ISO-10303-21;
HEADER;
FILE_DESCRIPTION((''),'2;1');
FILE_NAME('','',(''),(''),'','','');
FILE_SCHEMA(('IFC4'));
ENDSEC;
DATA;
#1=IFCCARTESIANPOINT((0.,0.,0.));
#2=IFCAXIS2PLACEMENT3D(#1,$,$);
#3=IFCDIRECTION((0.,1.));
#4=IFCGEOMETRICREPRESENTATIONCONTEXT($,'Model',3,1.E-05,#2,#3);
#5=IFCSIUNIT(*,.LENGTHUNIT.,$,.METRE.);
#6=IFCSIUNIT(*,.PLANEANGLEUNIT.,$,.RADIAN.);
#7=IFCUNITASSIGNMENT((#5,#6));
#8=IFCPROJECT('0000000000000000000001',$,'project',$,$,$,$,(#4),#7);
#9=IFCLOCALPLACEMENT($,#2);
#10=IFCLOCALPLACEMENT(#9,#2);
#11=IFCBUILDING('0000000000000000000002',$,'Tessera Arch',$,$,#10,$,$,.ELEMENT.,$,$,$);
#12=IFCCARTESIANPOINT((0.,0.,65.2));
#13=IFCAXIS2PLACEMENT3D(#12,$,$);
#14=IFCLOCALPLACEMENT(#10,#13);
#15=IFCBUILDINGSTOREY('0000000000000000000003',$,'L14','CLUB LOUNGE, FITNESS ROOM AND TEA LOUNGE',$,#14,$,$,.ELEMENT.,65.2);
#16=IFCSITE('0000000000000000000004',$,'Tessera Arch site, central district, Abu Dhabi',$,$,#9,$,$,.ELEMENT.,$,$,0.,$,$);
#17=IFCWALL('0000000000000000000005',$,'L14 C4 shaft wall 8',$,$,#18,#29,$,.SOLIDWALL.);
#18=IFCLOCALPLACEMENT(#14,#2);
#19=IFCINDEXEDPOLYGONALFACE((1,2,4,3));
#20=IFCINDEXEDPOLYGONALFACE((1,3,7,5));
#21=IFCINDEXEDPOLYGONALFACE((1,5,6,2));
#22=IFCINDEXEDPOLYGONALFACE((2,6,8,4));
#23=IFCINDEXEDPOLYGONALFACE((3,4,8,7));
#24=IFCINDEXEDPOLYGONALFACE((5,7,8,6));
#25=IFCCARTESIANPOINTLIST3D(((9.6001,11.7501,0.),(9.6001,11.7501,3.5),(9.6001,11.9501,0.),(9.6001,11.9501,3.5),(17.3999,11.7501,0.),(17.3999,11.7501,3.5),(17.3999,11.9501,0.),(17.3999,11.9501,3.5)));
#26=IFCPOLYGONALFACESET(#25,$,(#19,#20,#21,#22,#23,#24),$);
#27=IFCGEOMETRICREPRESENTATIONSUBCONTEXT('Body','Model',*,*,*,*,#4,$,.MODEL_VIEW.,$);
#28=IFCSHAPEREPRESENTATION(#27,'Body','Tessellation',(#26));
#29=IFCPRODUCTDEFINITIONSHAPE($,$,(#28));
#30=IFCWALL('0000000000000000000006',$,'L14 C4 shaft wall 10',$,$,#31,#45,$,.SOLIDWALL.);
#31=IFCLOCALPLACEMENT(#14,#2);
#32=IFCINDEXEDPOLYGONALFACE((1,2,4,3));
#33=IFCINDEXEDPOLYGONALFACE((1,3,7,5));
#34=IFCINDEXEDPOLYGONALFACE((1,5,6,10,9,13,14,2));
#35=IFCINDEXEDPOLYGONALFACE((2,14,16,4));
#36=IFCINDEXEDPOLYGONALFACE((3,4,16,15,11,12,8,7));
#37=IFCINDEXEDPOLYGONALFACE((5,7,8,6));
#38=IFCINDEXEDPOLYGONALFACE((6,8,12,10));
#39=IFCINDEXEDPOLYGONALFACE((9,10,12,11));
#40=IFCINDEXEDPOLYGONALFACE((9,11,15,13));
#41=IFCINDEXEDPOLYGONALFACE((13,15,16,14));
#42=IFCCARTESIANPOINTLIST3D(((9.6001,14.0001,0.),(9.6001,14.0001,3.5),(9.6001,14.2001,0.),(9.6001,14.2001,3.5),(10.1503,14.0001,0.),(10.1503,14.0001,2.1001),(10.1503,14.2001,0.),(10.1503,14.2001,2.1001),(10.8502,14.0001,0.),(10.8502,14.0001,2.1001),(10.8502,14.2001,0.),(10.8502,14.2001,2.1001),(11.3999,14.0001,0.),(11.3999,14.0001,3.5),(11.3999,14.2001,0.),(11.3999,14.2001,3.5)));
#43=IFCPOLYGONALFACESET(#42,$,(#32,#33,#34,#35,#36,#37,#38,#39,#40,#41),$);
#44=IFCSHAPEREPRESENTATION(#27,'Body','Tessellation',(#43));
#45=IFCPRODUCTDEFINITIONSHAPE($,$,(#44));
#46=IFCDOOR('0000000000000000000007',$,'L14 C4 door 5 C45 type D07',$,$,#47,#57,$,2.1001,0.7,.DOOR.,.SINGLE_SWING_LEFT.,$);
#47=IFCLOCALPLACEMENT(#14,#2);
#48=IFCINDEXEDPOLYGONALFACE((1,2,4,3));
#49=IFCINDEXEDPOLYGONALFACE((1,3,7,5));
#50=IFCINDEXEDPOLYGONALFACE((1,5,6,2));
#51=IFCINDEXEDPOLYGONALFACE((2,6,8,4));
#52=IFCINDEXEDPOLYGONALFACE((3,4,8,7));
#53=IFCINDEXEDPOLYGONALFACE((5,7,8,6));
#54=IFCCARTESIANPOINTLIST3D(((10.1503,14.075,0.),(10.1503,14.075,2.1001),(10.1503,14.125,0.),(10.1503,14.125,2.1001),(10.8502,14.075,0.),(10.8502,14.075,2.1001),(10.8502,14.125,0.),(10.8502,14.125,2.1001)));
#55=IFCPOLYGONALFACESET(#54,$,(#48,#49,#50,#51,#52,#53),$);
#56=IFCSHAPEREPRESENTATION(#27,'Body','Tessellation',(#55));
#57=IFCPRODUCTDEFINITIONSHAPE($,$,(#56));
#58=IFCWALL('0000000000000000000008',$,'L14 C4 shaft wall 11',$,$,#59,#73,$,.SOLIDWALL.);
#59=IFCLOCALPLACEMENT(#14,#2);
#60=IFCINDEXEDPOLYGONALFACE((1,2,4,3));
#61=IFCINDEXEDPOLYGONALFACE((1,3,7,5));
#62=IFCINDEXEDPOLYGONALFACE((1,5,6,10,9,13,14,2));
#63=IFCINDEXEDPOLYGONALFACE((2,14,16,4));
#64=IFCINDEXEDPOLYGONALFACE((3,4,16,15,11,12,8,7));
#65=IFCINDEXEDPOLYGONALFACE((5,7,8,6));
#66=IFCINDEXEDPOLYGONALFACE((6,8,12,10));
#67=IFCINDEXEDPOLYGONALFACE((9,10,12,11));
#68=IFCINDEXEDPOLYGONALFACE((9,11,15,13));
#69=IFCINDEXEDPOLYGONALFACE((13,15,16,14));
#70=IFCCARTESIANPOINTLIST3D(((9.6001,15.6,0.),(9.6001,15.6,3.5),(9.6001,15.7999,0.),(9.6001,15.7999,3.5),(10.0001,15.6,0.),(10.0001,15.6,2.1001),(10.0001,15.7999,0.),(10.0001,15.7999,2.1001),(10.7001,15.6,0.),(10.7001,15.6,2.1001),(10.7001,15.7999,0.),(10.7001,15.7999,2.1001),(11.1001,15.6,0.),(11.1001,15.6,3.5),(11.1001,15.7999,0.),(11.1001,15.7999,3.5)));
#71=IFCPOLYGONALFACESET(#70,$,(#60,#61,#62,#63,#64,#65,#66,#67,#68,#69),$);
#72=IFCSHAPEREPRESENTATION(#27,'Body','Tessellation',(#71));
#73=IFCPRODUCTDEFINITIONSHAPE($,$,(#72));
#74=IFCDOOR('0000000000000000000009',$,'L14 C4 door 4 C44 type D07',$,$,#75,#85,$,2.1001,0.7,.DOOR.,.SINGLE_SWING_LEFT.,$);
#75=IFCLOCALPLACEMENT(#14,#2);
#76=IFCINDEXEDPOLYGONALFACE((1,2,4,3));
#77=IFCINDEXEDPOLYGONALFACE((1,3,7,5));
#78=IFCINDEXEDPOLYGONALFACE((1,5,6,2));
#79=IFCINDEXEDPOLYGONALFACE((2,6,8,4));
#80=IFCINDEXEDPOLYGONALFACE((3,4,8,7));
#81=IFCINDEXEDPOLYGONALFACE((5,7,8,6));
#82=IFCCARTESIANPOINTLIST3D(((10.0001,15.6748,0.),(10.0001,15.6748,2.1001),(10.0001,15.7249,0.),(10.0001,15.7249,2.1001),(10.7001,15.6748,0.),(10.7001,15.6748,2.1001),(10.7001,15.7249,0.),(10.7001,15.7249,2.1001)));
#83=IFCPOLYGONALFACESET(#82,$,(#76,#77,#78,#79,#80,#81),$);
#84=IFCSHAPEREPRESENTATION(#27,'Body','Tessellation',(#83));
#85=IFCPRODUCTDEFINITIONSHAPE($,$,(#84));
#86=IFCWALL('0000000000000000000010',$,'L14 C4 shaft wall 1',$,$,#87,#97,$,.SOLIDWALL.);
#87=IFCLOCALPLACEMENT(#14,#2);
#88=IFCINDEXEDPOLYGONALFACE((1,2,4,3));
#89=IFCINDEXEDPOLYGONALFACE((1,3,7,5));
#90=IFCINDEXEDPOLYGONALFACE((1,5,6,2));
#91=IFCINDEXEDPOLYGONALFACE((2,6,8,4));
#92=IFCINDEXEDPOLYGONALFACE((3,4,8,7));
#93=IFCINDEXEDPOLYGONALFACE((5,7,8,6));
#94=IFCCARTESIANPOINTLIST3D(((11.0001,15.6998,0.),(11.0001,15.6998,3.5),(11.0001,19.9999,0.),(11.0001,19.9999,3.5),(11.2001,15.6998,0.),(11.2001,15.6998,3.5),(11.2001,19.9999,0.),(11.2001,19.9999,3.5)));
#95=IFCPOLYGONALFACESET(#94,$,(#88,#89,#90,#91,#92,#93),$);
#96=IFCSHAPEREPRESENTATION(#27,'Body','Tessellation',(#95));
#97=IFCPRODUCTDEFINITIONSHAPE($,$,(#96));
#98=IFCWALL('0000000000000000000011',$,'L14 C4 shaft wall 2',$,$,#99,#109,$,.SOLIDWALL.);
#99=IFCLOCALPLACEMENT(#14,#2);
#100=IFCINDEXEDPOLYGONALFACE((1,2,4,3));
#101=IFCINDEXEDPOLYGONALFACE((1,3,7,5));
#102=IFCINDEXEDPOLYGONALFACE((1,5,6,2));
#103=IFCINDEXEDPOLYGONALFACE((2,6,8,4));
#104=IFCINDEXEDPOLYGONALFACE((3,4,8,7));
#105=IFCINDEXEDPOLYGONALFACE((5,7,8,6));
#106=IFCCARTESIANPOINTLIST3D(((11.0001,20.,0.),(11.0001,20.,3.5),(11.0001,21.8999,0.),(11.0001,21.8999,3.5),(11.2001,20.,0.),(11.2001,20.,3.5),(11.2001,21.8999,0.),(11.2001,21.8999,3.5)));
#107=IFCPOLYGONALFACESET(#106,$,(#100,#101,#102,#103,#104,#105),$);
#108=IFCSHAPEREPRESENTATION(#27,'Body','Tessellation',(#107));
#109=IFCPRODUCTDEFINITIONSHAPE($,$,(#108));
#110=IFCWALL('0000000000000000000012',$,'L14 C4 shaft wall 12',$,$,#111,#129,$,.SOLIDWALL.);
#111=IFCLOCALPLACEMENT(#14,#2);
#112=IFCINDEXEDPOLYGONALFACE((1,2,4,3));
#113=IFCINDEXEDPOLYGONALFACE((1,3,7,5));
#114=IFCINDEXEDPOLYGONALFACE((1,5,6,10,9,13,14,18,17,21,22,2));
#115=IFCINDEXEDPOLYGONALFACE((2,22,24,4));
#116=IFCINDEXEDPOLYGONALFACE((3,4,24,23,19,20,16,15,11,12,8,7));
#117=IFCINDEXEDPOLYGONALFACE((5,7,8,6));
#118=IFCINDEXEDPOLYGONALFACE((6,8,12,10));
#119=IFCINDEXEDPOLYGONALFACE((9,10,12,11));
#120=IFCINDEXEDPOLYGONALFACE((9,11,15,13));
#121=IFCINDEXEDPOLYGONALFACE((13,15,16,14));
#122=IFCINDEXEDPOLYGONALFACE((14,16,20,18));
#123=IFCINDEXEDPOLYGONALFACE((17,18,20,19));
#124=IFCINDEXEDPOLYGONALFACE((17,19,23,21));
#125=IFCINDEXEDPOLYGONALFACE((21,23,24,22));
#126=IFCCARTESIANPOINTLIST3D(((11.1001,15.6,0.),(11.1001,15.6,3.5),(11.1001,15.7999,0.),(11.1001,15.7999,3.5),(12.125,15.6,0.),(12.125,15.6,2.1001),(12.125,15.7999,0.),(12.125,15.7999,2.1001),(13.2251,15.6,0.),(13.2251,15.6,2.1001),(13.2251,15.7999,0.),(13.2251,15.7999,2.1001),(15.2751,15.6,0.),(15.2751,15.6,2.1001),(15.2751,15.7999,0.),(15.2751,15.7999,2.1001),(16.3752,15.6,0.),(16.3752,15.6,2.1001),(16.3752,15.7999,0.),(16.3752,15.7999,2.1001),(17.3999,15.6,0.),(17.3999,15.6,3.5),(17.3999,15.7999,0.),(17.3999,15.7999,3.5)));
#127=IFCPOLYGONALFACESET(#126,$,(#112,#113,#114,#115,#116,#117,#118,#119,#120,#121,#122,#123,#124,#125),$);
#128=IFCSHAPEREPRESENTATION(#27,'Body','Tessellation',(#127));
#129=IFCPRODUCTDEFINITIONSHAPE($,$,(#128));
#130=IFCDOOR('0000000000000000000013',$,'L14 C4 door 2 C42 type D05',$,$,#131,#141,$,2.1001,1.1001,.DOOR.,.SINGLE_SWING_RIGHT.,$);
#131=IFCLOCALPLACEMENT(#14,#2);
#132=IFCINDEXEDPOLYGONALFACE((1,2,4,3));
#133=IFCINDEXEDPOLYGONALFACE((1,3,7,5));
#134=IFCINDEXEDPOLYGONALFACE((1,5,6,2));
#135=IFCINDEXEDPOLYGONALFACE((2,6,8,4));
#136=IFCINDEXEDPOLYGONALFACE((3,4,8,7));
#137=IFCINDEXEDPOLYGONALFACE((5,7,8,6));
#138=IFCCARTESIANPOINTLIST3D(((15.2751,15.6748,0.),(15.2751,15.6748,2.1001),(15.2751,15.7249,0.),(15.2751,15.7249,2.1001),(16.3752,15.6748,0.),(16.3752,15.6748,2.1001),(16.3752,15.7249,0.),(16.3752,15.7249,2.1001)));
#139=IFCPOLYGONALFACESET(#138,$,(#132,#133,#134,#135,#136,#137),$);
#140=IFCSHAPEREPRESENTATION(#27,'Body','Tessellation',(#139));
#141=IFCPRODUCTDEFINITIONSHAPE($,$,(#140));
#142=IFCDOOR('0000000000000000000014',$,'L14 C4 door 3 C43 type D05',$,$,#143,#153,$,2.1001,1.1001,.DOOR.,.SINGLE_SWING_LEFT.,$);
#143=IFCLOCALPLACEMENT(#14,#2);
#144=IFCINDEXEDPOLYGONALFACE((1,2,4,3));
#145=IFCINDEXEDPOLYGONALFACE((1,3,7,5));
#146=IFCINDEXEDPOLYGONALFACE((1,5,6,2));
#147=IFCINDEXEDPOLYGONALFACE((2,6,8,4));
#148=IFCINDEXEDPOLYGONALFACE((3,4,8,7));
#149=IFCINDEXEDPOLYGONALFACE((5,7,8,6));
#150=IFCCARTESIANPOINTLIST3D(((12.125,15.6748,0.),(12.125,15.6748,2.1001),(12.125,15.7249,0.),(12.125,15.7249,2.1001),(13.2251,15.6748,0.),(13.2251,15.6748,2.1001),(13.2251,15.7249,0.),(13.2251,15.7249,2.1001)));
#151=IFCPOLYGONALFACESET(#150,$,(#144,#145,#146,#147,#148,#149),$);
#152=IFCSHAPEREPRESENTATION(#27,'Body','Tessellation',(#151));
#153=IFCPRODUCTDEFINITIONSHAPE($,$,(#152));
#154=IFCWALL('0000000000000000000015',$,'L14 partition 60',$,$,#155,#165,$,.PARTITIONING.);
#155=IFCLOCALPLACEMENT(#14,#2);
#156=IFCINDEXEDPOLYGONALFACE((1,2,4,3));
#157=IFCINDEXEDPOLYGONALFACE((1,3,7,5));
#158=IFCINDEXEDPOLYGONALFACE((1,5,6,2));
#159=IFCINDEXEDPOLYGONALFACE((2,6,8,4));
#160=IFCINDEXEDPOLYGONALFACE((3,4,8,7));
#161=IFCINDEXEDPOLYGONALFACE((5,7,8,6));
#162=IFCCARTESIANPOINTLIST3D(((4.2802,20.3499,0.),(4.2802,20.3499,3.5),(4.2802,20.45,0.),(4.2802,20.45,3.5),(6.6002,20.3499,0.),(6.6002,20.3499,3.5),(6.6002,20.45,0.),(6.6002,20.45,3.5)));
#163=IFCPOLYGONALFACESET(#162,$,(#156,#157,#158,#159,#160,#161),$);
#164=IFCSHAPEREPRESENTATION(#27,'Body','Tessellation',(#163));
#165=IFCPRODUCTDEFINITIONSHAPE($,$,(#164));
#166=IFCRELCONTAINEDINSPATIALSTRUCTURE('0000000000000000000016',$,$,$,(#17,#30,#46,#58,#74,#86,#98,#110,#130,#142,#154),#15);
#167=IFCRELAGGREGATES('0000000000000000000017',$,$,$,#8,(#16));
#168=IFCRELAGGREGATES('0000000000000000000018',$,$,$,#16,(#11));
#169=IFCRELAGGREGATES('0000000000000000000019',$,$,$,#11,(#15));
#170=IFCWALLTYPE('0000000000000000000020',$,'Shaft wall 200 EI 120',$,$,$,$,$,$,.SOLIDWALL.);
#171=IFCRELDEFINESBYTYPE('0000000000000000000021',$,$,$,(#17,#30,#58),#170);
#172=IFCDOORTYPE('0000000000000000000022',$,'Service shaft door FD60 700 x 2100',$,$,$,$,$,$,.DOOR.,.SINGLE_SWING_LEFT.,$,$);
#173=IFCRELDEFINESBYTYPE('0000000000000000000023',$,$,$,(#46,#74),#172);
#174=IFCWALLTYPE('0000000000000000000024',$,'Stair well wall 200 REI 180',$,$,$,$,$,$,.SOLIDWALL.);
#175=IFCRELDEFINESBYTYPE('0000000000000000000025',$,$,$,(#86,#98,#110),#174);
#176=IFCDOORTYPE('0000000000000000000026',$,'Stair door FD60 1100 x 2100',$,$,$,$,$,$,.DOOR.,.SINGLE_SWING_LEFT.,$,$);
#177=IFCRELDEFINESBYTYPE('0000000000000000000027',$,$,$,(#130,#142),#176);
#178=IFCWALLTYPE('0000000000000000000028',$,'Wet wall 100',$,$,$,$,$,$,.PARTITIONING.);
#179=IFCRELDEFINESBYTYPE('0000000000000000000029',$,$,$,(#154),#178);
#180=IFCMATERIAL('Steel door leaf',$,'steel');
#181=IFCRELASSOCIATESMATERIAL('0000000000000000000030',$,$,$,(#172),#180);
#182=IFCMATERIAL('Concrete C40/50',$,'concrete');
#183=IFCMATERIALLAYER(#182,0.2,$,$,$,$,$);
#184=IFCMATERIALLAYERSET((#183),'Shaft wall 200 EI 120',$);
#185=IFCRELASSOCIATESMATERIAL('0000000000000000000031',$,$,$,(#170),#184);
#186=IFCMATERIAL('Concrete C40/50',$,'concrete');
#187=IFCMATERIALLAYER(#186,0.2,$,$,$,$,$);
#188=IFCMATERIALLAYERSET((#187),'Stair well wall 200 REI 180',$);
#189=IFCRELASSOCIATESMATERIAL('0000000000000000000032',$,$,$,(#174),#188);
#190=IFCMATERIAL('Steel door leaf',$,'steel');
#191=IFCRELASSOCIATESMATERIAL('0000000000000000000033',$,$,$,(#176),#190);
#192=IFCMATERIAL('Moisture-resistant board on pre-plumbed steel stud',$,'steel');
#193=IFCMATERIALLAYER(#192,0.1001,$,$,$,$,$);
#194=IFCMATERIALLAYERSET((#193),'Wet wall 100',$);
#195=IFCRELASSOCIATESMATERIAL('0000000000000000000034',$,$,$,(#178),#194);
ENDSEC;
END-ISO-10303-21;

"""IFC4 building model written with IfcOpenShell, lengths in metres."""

from ifc_helpers import new_model, si_unit, direction, frame, frame_2d, origin, place, context, subcontext, project, spatial, rectangle, extrude, material, layer, layer_set, type_object, element, fill, save


model = new_model("IFC4")

# Units and contexts
model_context = context("Model", 3, precision=1e-05, world=origin(), true_north=direction((0.0, 1.0)))
body_context = subcontext(model_context, "Body", "Model", "MODEL_VIEW")
ifc_project = project(units=[si_unit("LENGTHUNIT", "METRE"), si_unit("PLANEANGLEUNIT", "RADIAN")], contexts=[model_context])

# Site, building, storey
site_placement = place(None, origin())
site = spatial("IfcSite", under=ifc_project, at=site_placement, Name="Tessera Arch site, central district, Abu Dhabi", CompositionType="ELEMENT", RefElevation=0.0)
building_placement = place(site_placement, origin())
building = spatial("IfcBuilding", under=site, at=building_placement, Name="Tessera Arch", CompositionType="ELEMENT")
storey_placement = place(building_placement, frame((0.0, 0.0, 65.2)))
storey = spatial("IfcBuildingStorey", under=building, at=storey_placement, Name="L14", Description="CLUB LOUNGE, FITNESS ROOM AND TEA LOUNGE", CompositionType="ELEMENT", Elevation=65.2)

# Shared definitions
ifc_material_1 = material(Name="Steel door leaf", Category="steel")
door_type_1 = type_object("IfcDoorType", Name="Service shaft door FD60 700 x 2100", OperationType="SINGLE_SWING_LEFT", PredefinedType="DOOR", material=ifc_material_1)

# Wall
ifc_material_2 = material(Name="Concrete C40/50", Category="concrete")
ifc_layer_1 = layer(ifc_material_2, 0.2)
ifc_layer_set_1 = layer_set([ifc_layer_1], Name="Shaft wall 200 EI 120")
wall_type_1 = type_object("IfcWallType", Name="Shaft wall 200 EI 120", PredefinedType="SOLIDWALL", material=ifc_layer_set_1)
wall_1_placement = place(storey_placement, frame((9.6001, 11.8501, 0.0), z_axis=(0.0, 0.0, 1.0), x_axis=(1.0, 0.0, 0.0)))
element("IfcWall", 1, at=wall_1_placement, inside=storey, type_object=wall_type_1, Name="L14 C4 shaft wall 8", PredefinedType="SOLIDWALL", context=body_context, shape_type="SweptSolid", body=[
    extrude(rectangle(XDim=7.7998, YDim=0.2, at=frame_2d((3.8999, 0.0))), origin(), (0.0, 0.0, 1.0), 3.5),
])

# Walls, openings, doors
wall_2_placement = place(storey_placement, frame((9.6001, 14.1001, 0.0), z_axis=(0.0, 0.0, 1.0), x_axis=(1.0, 0.0, 0.0)))
wall_2 = element("IfcWall", 2, at=wall_2_placement, inside=storey, type_object=wall_type_1, Name="L14 C4 shaft wall 10", PredefinedType="SOLIDWALL", context=body_context, shape_type="SweptSolid", body=[
    extrude(rectangle(XDim=1.7998, YDim=0.2, at=frame_2d((0.8999, 0.0))), origin(), (0.0, 0.0, 1.0), 3.5),
])
opening_1_placement = place(wall_2_placement, frame((0.55, 0.0, 0.0)))
opening_1 = element("IfcOpeningElement", 3, at=opening_1_placement, cuts=wall_2, PredefinedType="OPENING", context=body_context, shape_type="SweptSolid", body=[
    extrude(rectangle(XDim=0.7, YDim=2.1001, at=frame_2d((0.3501, 1.05))), frame((0.0, 0.1099, 0.0), z_axis=(0.0, -1.0, 0.0), x_axis=(1.0, 0.0, 0.0)), (0.0, 0.0, 1.0), 0.22),
])
door_1_placement = place(opening_1_placement, origin())
door_1 = element("IfcDoor", 4, at=door_1_placement, inside=storey, type_object=door_type_1, Name="L14 C4 door 5 C45 type D07", OperationType="SINGLE_SWING_LEFT", OverallHeight=2.1001, OverallWidth=0.7, PredefinedType="DOOR", context=body_context, shape_type="SweptSolid", body=[
    extrude(rectangle(XDim=0.7, YDim=2.1001, at=frame_2d((0.3501, 1.05))), frame((0.0, 0.0249, 0.0), z_axis=(0.0, -1.0, 0.0), x_axis=(1.0, 0.0, 0.0)), (0.0, 0.0, 1.0), 0.05),
])
fill(opening_1, door_1)
wall_3_placement = place(storey_placement, frame((9.6001, 15.7, 0.0), z_axis=(0.0, 0.0, 1.0), x_axis=(1.0, 0.0, 0.0)))
wall_3 = element("IfcWall", 5, at=wall_3_placement, inside=storey, type_object=wall_type_1, Name="L14 C4 shaft wall 11", PredefinedType="SOLIDWALL", context=body_context, shape_type="SweptSolid", body=[
    extrude(rectangle(XDim=1.5, YDim=0.2, at=frame_2d((0.75, 0.0))), origin(), (0.0, 0.0, 1.0), 3.5),
])
opening_2_placement = place(wall_3_placement, frame((0.3999, 0.0, 0.0)))
opening_2 = element("IfcOpeningElement", 6, at=opening_2_placement, cuts=wall_3, PredefinedType="OPENING", context=body_context, shape_type="SweptSolid", body=[
    extrude(rectangle(XDim=0.7, YDim=2.1001, at=frame_2d((0.3501, 1.05))), frame((0.0, 0.1099, 0.0), z_axis=(0.0, -1.0, 0.0), x_axis=(1.0, 0.0, 0.0)), (0.0, 0.0, 1.0), 0.22),
])
door_2_placement = place(opening_2_placement, origin())
door_2 = element("IfcDoor", 7, at=door_2_placement, inside=storey, type_object=door_type_1, Name="L14 C4 door 4 C44 type D07", OperationType="SINGLE_SWING_LEFT", OverallHeight=2.1001, OverallWidth=0.7, PredefinedType="DOOR", context=body_context, shape_type="SweptSolid", body=[
    extrude(rectangle(XDim=0.7, YDim=2.1001, at=frame_2d((0.3501, 1.05))), frame((0.0, 0.0249, 0.0), z_axis=(0.0, -1.0, 0.0), x_axis=(1.0, 0.0, 0.0)), (0.0, 0.0, 1.0), 0.05),
])
fill(opening_2, door_2)

# Walls
ifc_material_3 = material(Name="Concrete C40/50", Category="concrete")
ifc_layer_2 = layer(ifc_material_3, 0.2)
ifc_layer_set_2 = layer_set([ifc_layer_2], Name="Stair well wall 200 REI 180")
wall_type_2 = type_object("IfcWallType", Name="Stair well wall 200 REI 180", PredefinedType="SOLIDWALL", material=ifc_layer_set_2)
wall_4_placement = place(storey_placement, frame((11.1001, 15.7, 0.0), z_axis=(0.0, 0.0, 1.0), x_axis=(0.0, 1.0, 0.0)))
element("IfcWall", 8, at=wall_4_placement, inside=storey, type_object=wall_type_2, Name="L14 C4 shaft wall 1", PredefinedType="SOLIDWALL", context=body_context, shape_type="SweptSolid", body=[
    extrude(rectangle(XDim=4.3, YDim=0.2, at=frame_2d((2.1499, 0.0))), origin(), (0.0, 0.0, 1.0), 3.5),
])
wall_5_placement = place(storey_placement, frame((11.1001, 20.0, 0.0), z_axis=(0.0, 0.0, 1.0), x_axis=(0.0, 1.0, 0.0)))
element("IfcWall", 9, at=wall_5_placement, inside=storey, type_object=wall_type_2, Name="L14 C4 shaft wall 2", PredefinedType="SOLIDWALL", context=body_context, shape_type="SweptSolid", body=[
    extrude(rectangle(XDim=1.8999, YDim=0.2, at=frame_2d((0.95, 0.0))), origin(), (0.0, 0.0, 1.0), 3.5),
])

# Wall, openings, doors
wall_6_placement = place(storey_placement, frame((11.1001, 15.7, 0.0), z_axis=(0.0, 0.0, 1.0), x_axis=(1.0, 0.0, 0.0)))
wall_6 = element("IfcWall", 10, at=wall_6_placement, inside=storey, type_object=wall_type_2, Name="L14 C4 shaft wall 12", PredefinedType="SOLIDWALL", context=body_context, shape_type="SweptSolid", body=[
    extrude(rectangle(XDim=6.2998, YDim=0.2, at=frame_2d((3.1499, 0.0))), origin(), (0.0, 0.0, 1.0), 3.5),
])
opening_3_placement = place(wall_6_placement, frame((4.175, 0.0, 0.0)))
opening_3 = element("IfcOpeningElement", 11, at=opening_3_placement, cuts=wall_6, PredefinedType="OPENING", context=body_context, shape_type="SweptSolid", body=[
    extrude(rectangle(XDim=1.1001, YDim=2.1001, at=frame_2d((0.55, 1.05))), frame((0.0, 0.1099, 0.0), z_axis=(0.0, -1.0, 0.0), x_axis=(1.0, 0.0, 0.0)), (0.0, 0.0, 1.0), 0.22),
])
opening_4_placement = place(wall_6_placement, frame((1.0249, 0.0, 0.0)))
opening_4 = element("IfcOpeningElement", 12, at=opening_4_placement, cuts=wall_6, PredefinedType="OPENING", context=body_context, shape_type="SweptSolid", body=[
    extrude(rectangle(XDim=1.1001, YDim=2.1001, at=frame_2d((0.55, 1.05))), frame((0.0, 0.1099, 0.0), z_axis=(0.0, -1.0, 0.0), x_axis=(1.0, 0.0, 0.0)), (0.0, 0.0, 1.0), 0.22),
])
ifc_material_4 = material(Name="Steel door leaf", Category="steel")
door_type_2 = type_object("IfcDoorType", Name="Stair door FD60 1100 x 2100", OperationType="SINGLE_SWING_LEFT", PredefinedType="DOOR", material=ifc_material_4)
door_3_placement = place(opening_3_placement, origin())
door_3 = element("IfcDoor", 13, at=door_3_placement, inside=storey, type_object=door_type_2, Name="L14 C4 door 2 C42 type D05", OperationType="SINGLE_SWING_RIGHT", OverallHeight=2.1001, OverallWidth=1.1001, PredefinedType="DOOR", context=body_context, shape_type="SweptSolid", body=[
    extrude(rectangle(XDim=1.1001, YDim=2.1001, at=frame_2d((0.55, 1.05))), frame((0.0, 0.0249, 0.0), z_axis=(0.0, -1.0, 0.0), x_axis=(1.0, 0.0, 0.0)), (0.0, 0.0, 1.0), 0.05),
])
fill(opening_3, door_3)
door_4_placement = place(opening_4_placement, origin())
door_4 = element("IfcDoor", 14, at=door_4_placement, inside=storey, type_object=door_type_2, Name="L14 C4 door 3 C43 type D05", OperationType="SINGLE_SWING_LEFT", OverallHeight=2.1001, OverallWidth=1.1001, PredefinedType="DOOR", context=body_context, shape_type="SweptSolid", body=[
    extrude(rectangle(XDim=1.1001, YDim=2.1001, at=frame_2d((0.55, 1.05))), frame((0.0, 0.0249, 0.0), z_axis=(0.0, -1.0, 0.0), x_axis=(1.0, 0.0, 0.0)), (0.0, 0.0, 1.0), 0.05),
])
fill(opening_4, door_4)

# Wall
ifc_material_5 = material(Name="Moisture-resistant board on pre-plumbed steel stud", Category="steel")
ifc_layer_3 = layer(ifc_material_5, 0.1001)
ifc_layer_set_3 = layer_set([ifc_layer_3], Name="Wet wall 100")
wall_type_3 = type_object("IfcWallType", Name="Wet wall 100", PredefinedType="PARTITIONING", material=ifc_layer_set_3)
wall_7_placement = place(storey_placement, frame((4.28, 20.3999, 0.0), z_axis=(0.0, 0.0, 1.0), x_axis=(1.0, 0.0, 0.0)))
element("IfcWall", 15, at=wall_7_placement, inside=storey, type_object=wall_type_3, Name="L14 partition 60", PredefinedType="PARTITIONING", context=body_context, shape_type="SweptSolid", body=[
    extrude(rectangle(XDim=2.3201, YDim=0.1001, at=frame_2d((1.1602, 0.0))), origin(), (0.0, 0.0, 1.0), 3.5),
])

save(model, "model.ifc")
